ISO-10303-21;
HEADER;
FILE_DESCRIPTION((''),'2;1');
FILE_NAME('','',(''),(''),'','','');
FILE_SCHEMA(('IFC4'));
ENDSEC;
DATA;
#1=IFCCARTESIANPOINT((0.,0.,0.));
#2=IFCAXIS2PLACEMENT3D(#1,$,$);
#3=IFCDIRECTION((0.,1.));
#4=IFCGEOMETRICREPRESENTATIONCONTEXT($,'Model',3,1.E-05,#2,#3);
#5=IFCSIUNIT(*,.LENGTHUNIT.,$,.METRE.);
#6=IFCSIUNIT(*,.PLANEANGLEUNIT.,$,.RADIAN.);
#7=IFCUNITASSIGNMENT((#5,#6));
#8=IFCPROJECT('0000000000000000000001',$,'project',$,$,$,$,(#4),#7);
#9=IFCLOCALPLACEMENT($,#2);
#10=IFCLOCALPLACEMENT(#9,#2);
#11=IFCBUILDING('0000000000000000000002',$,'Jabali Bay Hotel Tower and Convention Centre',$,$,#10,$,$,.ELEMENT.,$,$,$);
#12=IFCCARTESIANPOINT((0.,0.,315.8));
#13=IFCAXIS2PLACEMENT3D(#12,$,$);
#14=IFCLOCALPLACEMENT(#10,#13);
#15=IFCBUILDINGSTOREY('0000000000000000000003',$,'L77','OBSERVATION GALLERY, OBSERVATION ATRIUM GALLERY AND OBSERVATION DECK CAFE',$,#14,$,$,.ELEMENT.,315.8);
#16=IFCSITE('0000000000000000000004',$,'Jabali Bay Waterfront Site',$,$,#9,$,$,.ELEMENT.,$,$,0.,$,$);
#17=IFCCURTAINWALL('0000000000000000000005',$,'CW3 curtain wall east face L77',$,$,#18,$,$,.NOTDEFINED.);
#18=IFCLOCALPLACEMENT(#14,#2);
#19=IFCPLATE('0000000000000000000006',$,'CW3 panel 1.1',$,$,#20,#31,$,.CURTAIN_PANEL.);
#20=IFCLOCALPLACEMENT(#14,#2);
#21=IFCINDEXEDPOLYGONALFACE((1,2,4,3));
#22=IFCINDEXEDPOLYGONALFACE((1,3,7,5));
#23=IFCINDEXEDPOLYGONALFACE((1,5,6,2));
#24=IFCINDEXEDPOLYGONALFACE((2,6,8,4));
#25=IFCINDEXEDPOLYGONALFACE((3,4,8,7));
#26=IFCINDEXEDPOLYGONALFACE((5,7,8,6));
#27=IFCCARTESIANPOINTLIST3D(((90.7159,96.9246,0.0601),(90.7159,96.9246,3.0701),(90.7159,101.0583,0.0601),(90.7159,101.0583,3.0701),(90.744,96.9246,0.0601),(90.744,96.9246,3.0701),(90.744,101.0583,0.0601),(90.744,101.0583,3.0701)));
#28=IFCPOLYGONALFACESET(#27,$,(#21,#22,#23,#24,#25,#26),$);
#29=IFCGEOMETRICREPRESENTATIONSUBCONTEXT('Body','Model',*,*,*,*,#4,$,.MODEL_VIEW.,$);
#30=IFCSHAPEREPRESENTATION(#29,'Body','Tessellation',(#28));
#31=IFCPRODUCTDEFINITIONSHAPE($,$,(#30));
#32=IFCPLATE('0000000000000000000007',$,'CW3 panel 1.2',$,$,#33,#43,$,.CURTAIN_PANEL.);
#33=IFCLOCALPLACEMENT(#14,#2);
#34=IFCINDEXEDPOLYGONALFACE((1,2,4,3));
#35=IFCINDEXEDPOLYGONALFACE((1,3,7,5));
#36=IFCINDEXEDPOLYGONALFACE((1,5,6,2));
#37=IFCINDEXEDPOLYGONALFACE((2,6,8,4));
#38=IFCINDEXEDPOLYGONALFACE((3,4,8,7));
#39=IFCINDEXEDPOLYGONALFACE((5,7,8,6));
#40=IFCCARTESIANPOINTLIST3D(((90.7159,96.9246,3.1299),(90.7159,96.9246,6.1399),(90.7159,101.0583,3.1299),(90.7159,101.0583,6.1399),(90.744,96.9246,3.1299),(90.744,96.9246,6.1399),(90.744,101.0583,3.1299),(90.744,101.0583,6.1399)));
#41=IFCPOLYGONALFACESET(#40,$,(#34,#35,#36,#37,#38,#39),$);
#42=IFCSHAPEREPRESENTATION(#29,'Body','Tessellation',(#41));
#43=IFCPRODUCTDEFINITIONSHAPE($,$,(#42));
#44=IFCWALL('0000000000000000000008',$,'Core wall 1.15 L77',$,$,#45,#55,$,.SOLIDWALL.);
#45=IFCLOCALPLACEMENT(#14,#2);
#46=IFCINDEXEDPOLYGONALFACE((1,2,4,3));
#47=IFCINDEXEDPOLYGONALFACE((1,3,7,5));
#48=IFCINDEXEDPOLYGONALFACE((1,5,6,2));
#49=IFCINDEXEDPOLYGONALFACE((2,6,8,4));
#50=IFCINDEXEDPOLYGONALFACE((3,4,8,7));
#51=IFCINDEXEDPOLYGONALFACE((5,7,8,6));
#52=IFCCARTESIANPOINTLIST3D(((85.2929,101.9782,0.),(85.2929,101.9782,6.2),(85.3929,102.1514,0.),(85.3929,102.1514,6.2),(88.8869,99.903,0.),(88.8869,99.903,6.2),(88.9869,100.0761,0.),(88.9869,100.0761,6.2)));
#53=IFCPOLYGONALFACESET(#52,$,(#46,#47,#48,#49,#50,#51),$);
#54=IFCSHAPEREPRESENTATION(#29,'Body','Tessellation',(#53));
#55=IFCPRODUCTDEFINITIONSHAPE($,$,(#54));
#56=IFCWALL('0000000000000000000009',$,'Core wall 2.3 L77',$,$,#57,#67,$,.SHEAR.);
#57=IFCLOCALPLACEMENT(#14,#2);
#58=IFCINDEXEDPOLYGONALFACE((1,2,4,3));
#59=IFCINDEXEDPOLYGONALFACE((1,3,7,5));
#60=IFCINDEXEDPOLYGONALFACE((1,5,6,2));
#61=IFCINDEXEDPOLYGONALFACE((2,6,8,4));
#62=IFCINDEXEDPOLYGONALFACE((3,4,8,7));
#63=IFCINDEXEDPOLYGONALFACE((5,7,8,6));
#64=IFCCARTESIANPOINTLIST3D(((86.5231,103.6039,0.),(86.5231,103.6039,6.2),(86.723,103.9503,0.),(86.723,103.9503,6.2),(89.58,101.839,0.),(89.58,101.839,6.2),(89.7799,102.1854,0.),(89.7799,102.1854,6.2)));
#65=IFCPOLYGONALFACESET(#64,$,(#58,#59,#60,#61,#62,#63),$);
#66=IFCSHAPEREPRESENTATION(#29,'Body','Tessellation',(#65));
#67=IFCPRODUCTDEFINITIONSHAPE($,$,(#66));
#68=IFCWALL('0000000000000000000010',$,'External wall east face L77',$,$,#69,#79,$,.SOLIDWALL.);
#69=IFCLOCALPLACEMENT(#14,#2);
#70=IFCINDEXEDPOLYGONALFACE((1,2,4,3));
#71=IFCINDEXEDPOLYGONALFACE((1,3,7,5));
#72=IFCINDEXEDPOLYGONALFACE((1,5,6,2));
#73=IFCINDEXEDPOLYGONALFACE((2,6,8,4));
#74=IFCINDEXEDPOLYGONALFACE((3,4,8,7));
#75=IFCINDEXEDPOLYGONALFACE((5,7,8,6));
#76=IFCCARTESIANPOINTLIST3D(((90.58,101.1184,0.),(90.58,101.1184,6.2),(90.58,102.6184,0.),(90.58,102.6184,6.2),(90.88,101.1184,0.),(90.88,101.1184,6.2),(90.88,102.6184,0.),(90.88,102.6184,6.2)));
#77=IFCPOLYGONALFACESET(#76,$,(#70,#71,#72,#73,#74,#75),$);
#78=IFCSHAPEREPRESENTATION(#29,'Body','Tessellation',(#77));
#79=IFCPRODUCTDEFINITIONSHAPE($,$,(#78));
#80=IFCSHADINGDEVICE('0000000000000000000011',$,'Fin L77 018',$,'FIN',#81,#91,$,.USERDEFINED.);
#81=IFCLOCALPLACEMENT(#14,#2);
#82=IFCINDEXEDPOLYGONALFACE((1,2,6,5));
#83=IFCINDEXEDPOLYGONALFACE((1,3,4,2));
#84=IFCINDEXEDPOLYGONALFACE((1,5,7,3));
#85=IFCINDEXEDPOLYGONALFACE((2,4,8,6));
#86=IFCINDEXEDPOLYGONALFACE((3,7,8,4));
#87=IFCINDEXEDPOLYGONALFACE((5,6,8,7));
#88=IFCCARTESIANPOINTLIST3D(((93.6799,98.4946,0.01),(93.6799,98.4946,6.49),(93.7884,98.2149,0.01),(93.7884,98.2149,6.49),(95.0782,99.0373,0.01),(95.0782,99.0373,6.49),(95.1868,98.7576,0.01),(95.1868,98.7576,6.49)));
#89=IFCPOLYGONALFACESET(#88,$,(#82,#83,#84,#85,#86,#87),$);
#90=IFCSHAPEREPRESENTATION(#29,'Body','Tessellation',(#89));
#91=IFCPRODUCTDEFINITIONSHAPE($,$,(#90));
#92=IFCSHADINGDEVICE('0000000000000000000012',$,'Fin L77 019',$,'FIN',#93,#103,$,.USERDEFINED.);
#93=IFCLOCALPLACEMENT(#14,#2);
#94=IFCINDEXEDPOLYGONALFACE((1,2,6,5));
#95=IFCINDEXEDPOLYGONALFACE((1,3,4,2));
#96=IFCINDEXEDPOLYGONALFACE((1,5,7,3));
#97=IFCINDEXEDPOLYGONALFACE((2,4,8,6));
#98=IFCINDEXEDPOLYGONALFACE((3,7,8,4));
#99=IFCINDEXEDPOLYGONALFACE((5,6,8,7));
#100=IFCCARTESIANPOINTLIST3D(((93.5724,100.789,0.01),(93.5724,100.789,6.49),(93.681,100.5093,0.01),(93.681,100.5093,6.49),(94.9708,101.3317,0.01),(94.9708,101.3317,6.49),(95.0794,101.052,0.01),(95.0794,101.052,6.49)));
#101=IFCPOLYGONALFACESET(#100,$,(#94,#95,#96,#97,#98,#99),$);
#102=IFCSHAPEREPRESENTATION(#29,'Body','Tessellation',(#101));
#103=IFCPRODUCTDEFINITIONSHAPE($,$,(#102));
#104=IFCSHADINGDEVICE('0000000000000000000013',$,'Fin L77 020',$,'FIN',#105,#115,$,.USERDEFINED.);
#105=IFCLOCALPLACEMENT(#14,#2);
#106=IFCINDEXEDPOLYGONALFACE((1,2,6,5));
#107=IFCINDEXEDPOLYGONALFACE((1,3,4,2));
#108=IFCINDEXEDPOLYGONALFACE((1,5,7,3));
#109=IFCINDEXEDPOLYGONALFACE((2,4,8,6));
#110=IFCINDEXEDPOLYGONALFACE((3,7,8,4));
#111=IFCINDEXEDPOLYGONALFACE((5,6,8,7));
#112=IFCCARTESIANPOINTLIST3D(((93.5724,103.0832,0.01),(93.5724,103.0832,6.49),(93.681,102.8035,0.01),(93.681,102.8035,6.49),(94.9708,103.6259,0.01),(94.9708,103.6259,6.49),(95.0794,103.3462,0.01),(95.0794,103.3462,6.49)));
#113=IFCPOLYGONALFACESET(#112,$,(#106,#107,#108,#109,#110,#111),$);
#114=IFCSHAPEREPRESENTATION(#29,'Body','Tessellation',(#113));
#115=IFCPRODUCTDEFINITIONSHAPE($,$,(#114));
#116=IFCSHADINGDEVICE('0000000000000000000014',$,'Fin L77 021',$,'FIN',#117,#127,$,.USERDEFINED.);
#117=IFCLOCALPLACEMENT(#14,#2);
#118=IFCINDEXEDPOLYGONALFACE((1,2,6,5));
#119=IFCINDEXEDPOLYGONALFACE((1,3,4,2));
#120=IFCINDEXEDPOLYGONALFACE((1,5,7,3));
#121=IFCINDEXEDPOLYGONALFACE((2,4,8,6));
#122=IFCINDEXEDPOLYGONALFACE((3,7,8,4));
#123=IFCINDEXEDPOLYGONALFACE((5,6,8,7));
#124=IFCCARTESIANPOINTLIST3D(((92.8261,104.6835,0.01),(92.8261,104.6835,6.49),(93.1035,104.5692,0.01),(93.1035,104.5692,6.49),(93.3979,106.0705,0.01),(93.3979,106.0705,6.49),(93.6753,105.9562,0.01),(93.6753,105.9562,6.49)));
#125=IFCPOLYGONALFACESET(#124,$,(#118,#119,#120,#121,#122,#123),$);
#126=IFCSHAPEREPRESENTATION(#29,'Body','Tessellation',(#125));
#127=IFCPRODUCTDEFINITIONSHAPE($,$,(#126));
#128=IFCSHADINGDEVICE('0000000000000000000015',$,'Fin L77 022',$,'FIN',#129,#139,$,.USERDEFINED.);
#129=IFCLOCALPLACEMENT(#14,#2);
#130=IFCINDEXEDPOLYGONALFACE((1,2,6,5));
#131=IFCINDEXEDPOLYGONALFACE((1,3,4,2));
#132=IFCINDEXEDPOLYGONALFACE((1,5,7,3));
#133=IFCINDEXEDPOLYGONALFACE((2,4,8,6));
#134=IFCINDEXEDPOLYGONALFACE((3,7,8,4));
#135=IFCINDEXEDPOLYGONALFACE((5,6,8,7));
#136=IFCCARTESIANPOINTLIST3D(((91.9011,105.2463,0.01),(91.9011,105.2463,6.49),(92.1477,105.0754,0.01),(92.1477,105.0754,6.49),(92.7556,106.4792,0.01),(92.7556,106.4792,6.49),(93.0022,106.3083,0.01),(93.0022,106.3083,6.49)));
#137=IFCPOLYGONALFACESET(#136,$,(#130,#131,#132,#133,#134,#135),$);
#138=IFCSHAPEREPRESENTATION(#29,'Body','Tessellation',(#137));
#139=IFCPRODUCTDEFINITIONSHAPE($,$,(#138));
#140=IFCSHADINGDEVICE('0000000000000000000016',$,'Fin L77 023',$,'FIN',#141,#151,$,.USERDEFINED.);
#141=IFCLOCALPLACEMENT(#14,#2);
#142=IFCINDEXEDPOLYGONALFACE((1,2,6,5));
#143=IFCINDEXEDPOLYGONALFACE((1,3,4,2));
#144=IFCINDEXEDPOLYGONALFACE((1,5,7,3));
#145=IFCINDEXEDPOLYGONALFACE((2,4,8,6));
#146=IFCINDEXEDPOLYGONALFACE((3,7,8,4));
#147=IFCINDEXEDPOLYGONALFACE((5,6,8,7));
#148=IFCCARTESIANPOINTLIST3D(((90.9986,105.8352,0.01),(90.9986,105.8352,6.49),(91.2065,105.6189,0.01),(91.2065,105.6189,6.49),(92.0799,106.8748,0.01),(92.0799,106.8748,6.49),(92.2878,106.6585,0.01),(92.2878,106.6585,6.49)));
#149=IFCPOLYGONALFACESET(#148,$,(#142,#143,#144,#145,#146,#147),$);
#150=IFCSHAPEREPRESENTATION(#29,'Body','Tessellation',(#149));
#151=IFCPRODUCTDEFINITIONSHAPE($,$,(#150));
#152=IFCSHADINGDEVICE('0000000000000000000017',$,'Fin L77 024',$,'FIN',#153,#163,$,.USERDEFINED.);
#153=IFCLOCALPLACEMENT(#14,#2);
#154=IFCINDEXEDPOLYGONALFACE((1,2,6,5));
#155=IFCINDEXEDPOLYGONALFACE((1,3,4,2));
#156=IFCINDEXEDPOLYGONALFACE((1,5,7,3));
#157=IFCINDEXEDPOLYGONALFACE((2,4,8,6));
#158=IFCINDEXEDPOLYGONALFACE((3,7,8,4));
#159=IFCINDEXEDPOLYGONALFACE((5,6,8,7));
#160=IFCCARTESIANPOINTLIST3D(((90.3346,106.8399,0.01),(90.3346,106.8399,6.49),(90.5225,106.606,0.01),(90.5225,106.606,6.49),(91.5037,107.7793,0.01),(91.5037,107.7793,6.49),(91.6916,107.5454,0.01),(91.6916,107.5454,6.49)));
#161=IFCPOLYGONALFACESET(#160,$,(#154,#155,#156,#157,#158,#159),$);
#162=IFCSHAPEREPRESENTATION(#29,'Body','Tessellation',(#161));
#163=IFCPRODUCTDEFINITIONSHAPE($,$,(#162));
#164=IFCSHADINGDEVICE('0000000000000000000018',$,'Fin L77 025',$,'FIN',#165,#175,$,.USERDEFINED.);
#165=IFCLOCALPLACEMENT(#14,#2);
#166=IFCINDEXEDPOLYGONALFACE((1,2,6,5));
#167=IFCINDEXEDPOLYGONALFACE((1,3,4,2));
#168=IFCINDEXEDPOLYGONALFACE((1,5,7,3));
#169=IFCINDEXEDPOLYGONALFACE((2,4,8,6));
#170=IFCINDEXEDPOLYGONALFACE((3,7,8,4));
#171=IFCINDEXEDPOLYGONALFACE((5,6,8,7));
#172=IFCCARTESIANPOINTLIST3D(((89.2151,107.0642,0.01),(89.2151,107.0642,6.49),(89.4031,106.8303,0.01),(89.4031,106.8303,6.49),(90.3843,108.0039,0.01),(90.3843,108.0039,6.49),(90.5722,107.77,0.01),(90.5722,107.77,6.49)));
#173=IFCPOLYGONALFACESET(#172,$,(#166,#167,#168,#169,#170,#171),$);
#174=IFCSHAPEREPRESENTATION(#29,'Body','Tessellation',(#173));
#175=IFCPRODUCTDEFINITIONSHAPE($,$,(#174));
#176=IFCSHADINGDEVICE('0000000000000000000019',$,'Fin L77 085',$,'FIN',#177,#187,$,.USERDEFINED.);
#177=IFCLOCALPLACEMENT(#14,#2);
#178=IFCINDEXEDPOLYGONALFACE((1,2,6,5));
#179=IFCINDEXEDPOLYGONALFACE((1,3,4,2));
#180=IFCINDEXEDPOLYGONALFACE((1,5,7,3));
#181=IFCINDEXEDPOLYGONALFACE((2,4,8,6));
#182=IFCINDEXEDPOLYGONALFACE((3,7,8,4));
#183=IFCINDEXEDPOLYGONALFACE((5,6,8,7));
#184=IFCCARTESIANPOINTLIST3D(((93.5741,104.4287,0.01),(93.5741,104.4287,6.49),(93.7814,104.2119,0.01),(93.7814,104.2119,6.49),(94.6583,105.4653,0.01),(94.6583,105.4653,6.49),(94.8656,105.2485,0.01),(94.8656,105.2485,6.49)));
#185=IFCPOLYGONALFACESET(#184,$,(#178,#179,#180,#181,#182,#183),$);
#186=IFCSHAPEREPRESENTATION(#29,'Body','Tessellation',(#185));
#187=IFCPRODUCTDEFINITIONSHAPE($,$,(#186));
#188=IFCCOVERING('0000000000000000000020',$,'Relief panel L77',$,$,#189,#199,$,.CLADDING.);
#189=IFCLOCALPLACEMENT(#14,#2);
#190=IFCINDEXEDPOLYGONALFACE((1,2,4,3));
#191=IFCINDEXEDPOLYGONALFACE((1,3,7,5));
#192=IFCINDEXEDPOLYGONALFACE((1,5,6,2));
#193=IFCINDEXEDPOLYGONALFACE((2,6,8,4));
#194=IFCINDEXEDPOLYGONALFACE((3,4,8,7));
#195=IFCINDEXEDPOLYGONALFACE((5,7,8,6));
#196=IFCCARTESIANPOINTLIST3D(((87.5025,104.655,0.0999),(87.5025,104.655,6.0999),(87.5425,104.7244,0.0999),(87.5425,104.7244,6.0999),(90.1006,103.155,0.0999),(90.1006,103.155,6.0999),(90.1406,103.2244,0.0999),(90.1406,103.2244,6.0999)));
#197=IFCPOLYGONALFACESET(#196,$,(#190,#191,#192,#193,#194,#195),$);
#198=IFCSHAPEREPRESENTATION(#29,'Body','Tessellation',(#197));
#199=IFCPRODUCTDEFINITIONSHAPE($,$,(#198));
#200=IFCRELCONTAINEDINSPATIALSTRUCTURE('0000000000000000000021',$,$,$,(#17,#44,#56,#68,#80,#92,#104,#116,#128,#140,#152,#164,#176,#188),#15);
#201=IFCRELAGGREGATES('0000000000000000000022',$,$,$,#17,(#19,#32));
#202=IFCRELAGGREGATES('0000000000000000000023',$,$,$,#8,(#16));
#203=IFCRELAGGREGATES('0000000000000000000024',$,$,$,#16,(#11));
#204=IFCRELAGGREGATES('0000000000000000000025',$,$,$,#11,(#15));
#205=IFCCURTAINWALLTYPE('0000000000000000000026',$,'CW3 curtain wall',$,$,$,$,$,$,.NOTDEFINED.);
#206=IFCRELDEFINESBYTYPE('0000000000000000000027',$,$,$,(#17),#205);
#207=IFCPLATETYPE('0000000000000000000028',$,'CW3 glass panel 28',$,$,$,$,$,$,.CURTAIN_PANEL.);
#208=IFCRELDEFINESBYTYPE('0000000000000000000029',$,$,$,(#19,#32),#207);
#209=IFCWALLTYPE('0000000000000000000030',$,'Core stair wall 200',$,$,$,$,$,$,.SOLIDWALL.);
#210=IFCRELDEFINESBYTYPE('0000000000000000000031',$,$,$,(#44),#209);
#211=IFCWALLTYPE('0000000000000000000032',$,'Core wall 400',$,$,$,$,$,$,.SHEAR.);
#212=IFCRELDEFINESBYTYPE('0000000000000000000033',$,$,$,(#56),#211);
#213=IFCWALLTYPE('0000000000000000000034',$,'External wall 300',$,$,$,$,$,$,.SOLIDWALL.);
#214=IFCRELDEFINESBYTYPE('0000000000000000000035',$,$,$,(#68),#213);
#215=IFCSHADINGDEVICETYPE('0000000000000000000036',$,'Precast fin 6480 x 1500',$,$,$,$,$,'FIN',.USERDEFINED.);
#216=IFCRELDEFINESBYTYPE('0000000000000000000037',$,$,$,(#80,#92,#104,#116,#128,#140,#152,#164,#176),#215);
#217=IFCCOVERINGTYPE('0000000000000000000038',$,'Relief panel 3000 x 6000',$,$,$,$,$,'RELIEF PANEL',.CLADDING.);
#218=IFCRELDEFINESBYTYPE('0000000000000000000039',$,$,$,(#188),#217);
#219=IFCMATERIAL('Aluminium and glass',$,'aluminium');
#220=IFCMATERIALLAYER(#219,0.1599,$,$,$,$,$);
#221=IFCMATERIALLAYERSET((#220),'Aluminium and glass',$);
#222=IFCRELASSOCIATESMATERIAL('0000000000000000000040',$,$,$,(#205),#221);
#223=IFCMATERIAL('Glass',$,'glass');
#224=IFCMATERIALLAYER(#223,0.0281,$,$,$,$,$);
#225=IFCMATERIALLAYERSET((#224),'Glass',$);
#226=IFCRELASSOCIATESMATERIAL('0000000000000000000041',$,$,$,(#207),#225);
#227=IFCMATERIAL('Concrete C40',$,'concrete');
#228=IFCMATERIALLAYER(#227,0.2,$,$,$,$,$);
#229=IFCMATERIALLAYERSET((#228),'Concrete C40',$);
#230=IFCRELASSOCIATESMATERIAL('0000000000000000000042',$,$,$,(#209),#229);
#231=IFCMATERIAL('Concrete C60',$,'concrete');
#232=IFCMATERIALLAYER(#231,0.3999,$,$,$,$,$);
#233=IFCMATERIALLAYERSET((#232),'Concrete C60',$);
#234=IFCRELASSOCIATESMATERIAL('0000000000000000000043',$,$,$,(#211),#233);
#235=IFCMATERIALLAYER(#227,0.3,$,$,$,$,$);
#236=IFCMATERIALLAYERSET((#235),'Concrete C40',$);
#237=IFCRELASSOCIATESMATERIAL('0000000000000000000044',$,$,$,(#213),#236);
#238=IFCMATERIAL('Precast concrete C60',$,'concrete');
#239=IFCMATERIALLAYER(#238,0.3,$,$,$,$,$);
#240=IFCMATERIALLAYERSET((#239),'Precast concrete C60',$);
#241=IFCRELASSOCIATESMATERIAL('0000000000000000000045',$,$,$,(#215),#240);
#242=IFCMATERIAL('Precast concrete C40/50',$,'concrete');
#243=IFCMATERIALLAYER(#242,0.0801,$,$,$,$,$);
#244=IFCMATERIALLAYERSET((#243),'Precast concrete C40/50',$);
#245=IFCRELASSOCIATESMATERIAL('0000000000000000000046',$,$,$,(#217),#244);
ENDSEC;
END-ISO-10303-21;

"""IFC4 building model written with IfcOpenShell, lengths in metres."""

from ifc_helpers import new_model, si_unit, direction, frame, frame_2d, origin, origin_2d, place, context, subcontext, project, spatial, rectangle, extrude, material, layer, layer_set, type_object, element, aggregate, save


model = new_model("IFC4")

# Units and contexts
model_context = context("Model", 3, precision=1e-05, world=origin(), true_north=direction((0.0, 1.0)))
body_context = subcontext(model_context, "Body", "Model", "MODEL_VIEW")
ifc_project = project(units=[si_unit("LENGTHUNIT", "METRE"), si_unit("PLANEANGLEUNIT", "RADIAN")], contexts=[model_context])

# Site, building, storey
site_placement = place(None, origin())
site = spatial("IfcSite", under=ifc_project, at=site_placement, Name="Jabali Bay Waterfront Site", CompositionType="ELEMENT", RefElevation=0.0)
building_placement = place(site_placement, origin())
building = spatial("IfcBuilding", under=site, at=building_placement, Name="Jabali Bay Hotel Tower and Convention Centre", CompositionType="ELEMENT")
storey_placement = place(building_placement, frame((0.0, 0.0, 315.8)))
storey = spatial("IfcBuildingStorey", under=building, at=storey_placement, Name="L77", Description="OBSERVATION GALLERY, OBSERVATION ATRIUM GALLERY AND OBSERVATION DECK CAFE", CompositionType="ELEMENT", Elevation=315.8)

# Shared definitions
ifc_material_1 = material(Name="Concrete C60", Category="concrete")

# Curtain wall
ifc_material_2 = material(Name="Aluminium and glass", Category="aluminium")
ifc_layer_1 = layer(ifc_material_2, 0.1599)
ifc_layer_set_1 = layer_set([ifc_layer_1], Name="Aluminium and glass")
curtain_wall_type = type_object("IfcCurtainWallType", Name="CW3 curtain wall", PredefinedType="NOTDEFINED", material=ifc_layer_set_1)
curtain_wall_placement = place(storey_placement, origin())
curtain_wall = element("IfcCurtainWall", 1, at=curtain_wall_placement, inside=storey, type_object=curtain_wall_type, Name="CW3 curtain wall east face L77", PredefinedType="NOTDEFINED")

# Plates
ifc_material_3 = material(Name="Glass", Category="glass")
ifc_layer_2 = layer(ifc_material_3, 0.0281)
ifc_layer_set_2 = layer_set([ifc_layer_2], Name="Glass")
plate_type = type_object("IfcPlateType", Name="CW3 glass panel 28", PredefinedType="CURTAIN_PANEL", material=ifc_layer_set_2)
plate_1_placement = place(storey_placement, frame((90.73, 98.9915, 0.0601), z_axis=(0.0, 0.0, 1.0), x_axis=(0.0, -1.0, 0.0)))
plate_1 = element("IfcPlate", 2, at=plate_1_placement, type_object=plate_type, Name="CW3 panel 1.1", PredefinedType="CURTAIN_PANEL", context=body_context, shape_type="SweptSolid", body=[
    extrude(rectangle(XDim=4.1338, YDim=0.0281, at=origin_2d()), origin(), (0.0, 0.0, 1.0), 3.01),
])
plate_2_placement = place(storey_placement, frame((90.73, 98.9915, 3.1299), z_axis=(0.0, 0.0, 1.0), x_axis=(0.0, -1.0, 0.0)))
plate_2 = element("IfcPlate", 3, at=plate_2_placement, type_object=plate_type, Name="CW3 panel 1.2", PredefinedType="CURTAIN_PANEL", context=body_context, shape_type="SweptSolid", body=[
    extrude(rectangle(XDim=4.1338, YDim=0.0281, at=origin_2d()), origin(), (0.0, 0.0, 1.0), 3.01),
])
aggregate(curtain_wall, [plate_1, plate_2])

# Walls
ifc_material_4 = material(Name="Concrete C40", Category="concrete")
ifc_layer_3 = layer(ifc_material_4, 0.2)
ifc_layer_set_3 = layer_set([ifc_layer_3], Name="Concrete C40")
wall_type_1 = type_object("IfcWallType", Name="Core stair wall 200", PredefinedType="SOLIDWALL", material=ifc_layer_set_3)
wall_1_placement = place(storey_placement, frame((88.937, 99.9895, 0.0), z_axis=(0.0, 0.0, 1.0), x_axis=(-0.866004, 0.500036, 0.0)))
element("IfcWall", 4, at=wall_1_placement, inside=storey, type_object=wall_type_1, Name="Core wall 1.15 L77", PredefinedType="SOLIDWALL", context=body_context, shape_type="SweptSolid", body=[
    extrude(rectangle(XDim=4.1501, YDim=0.2, at=frame_2d((2.0752, 0.0))), origin(), (0.0, 0.0, 1.0), 6.2),
])
ifc_layer_4 = layer(ifc_material_1, 0.3999)
ifc_layer_set_4 = layer_set([ifc_layer_4], Name="Concrete C60")
wall_type_2 = type_object("IfcWallType", Name="Core wall 400", PredefinedType="SHEAR", material=ifc_layer_set_4)
wall_2_placement = place(storey_placement, frame((89.6799, 102.0122, 0.0), z_axis=(0.0, 0.0, 1.0), x_axis=(-0.866025, 0.5, 0.0)))
element("IfcWall", 5, at=wall_2_placement, inside=storey, type_object=wall_type_2, Name="Core wall 2.3 L77", PredefinedType="SHEAR", context=body_context, shape_type="SweptSolid", body=[
    extrude(rectangle(XDim=3.5298, YDim=0.3999, at=frame_2d((1.7649, 0.0))), origin(), (0.0, 0.0, 1.0), 6.2),
])
ifc_layer_5 = layer(ifc_material_4, 0.3)
ifc_layer_set_5 = layer_set([ifc_layer_5], Name="Concrete C40")
wall_type_3 = type_object("IfcWallType", Name="External wall 300", PredefinedType="SOLIDWALL", material=ifc_layer_set_5)
wall_3_placement = place(storey_placement, frame((90.73, 102.6184, 0.0), z_axis=(0.0, 0.0, 1.0), x_axis=(0.0, -1.0, 0.0)))
element("IfcWall", 6, at=wall_3_placement, inside=storey, type_object=wall_type_3, Name="External wall east face L77", PredefinedType="SOLIDWALL", context=body_context, shape_type="SweptSolid", body=[
    extrude(rectangle(XDim=1.5, YDim=0.3, at=frame_2d((0.75, 0.0))), origin(), (0.0, 0.0, 1.0), 6.2),
])

# Shading devices
ifc_material_5 = material(Name="Precast concrete C60", Category="concrete")
ifc_layer_6 = layer(ifc_material_5, 0.3)
ifc_layer_set_6 = layer_set([ifc_layer_6], Name="Precast concrete C60")
shading_device_type = type_object("IfcShadingDeviceType", Name="Precast fin 6480 x 1500", ElementType="FIN", PredefinedType="USERDEFINED", material=ifc_layer_set_6)
for number, where, z_axis, x_axis, name in (
    (7, (93.7341, 98.3547, 0.01), (0.0, 0.0, 1.0), (0.932255, 0.361802, 0.0), "Fin L77 018"),
    (8, (93.6267, 100.6492, 0.01), (0.0, 0.0, 1.0), (0.932255, 0.361802, 0.0), "Fin L77 019"),
    (9, (93.6267, 102.9434, 0.01), (0.0, 0.0, 1.0), (0.932255, 0.361802, 0.0), "Fin L77 020"),
):
    element("IfcShadingDevice", number, at=place(storey_placement, frame(where, z_axis=z_axis, x_axis=x_axis)), inside=storey, type_object=shading_device_type, Name=name, ObjectType="FIN", PredefinedType="USERDEFINED", context=body_context, shape_type="SweptSolid", body=[
        extrude(rectangle(XDim=1.5, YDim=0.3, at=frame_2d((0.75, 0.0))), origin(), (0.0, 0.0, 1.0), 6.48),
    ])
shading_device_1_placement = place(storey_placement, frame((92.9648, 104.6265, 0.01), z_axis=(0.0, 0.0, 1.0), x_axis=(0.381134, 0.92452, 0.0)))
element("IfcShadingDevice", 10, at=shading_device_1_placement, inside=storey, type_object=shading_device_type, Name="Fin L77 021", ObjectType="FIN", PredefinedType="USERDEFINED", context=body_context, shape_type="SweptSolid", body=[
    extrude(rectangle(XDim=1.5002, YDim=0.3, at=frame_2d((0.75, 0.0))), origin(), (0.0, 0.0, 1.0), 6.48),
])
for number, where, z_axis, x_axis, name in (
    (11, (92.0244, 105.1609, 0.01), (0.0, 0.0, 1.0), (0.569633, 0.821899, 0.0), "Fin L77 022"),
    (12, (91.1025, 105.7271, 0.01), (0.0, 0.0, 1.0), (0.720886, 0.693053, 0.0), "Fin L77 023"),
):
    element("IfcShadingDevice", number, at=place(storey_placement, frame(where, z_axis=z_axis, x_axis=x_axis)), inside=storey, type_object=shading_device_type, Name=name, ObjectType="FIN", PredefinedType="USERDEFINED", context=body_context, shape_type="SweptSolid", body=[
        extrude(rectangle(XDim=1.5, YDim=0.3, at=frame_2d((0.75, 0.0))), origin(), (0.0, 0.0, 1.0), 6.48),
    ])
shading_device_2_placement = place(storey_placement, frame((90.4285, 106.7229, 0.01), z_axis=(0.0, 0.0, 1.0), x_axis=(0.779533, 0.626361, 0.0)))
element("IfcShadingDevice", 13, at=shading_device_2_placement, inside=storey, type_object=shading_device_type, Name="Fin L77 024", ObjectType="FIN", PredefinedType="USERDEFINED", context=body_context, shape_type="SweptSolid", body=[
    extrude(rectangle(XDim=1.4998, YDim=0.3, at=frame_2d((0.75, 0.0))), origin(), (0.0, 0.0, 1.0), 6.48),
])
for number, where, z_axis, x_axis, name in (
    (14, (89.3091, 106.9473, 0.01), (0.0, 0.0, 1.0), (0.779454, 0.62646, 0.0), "Fin L77 025"),
    (15, (93.6777, 104.3203, 0.01), (0.0, 0.0, 1.0), (0.722797, 0.69106, 0.0), "Fin L77 085"),
):
    element("IfcShadingDevice", number, at=place(storey_placement, frame(where, z_axis=z_axis, x_axis=x_axis)), inside=storey, type_object=shading_device_type, Name=name, ObjectType="FIN", PredefinedType="USERDEFINED", context=body_context, shape_type="SweptSolid", body=[
        extrude(rectangle(XDim=1.5, YDim=0.3, at=frame_2d((0.75, 0.0))), origin(), (0.0, 0.0, 1.0), 6.48),
    ])

# Covering
ifc_material_6 = material(Name="Precast concrete C40/50", Category="concrete")
ifc_layer_7 = layer(ifc_material_6, 0.0801)
ifc_layer_set_7 = layer_set([ifc_layer_7], Name="Precast concrete C40/50")
covering_type = type_object("IfcCoveringType", Name="Relief panel 3000 x 6000", ElementType="RELIEF PANEL", PredefinedType="CLADDING", material=ifc_layer_set_7)
covering_placement = place(storey_placement, frame((88.8215, 103.9397, 0.0999), z_axis=(0.0, 0.0, 1.0), x_axis=(0.866025, -0.5, 0.0)))
element("IfcCovering", 16, at=covering_placement, inside=storey, type_object=covering_type, Name="Relief panel L77", PredefinedType="CLADDING", context=body_context, shape_type="SweptSolid", body=[
    extrude(rectangle(XDim=3.0, YDim=0.0801, at=origin_2d()), origin(), (0.0, 0.0, 1.0), 6.0),
])

save(model, "model.ifc")
